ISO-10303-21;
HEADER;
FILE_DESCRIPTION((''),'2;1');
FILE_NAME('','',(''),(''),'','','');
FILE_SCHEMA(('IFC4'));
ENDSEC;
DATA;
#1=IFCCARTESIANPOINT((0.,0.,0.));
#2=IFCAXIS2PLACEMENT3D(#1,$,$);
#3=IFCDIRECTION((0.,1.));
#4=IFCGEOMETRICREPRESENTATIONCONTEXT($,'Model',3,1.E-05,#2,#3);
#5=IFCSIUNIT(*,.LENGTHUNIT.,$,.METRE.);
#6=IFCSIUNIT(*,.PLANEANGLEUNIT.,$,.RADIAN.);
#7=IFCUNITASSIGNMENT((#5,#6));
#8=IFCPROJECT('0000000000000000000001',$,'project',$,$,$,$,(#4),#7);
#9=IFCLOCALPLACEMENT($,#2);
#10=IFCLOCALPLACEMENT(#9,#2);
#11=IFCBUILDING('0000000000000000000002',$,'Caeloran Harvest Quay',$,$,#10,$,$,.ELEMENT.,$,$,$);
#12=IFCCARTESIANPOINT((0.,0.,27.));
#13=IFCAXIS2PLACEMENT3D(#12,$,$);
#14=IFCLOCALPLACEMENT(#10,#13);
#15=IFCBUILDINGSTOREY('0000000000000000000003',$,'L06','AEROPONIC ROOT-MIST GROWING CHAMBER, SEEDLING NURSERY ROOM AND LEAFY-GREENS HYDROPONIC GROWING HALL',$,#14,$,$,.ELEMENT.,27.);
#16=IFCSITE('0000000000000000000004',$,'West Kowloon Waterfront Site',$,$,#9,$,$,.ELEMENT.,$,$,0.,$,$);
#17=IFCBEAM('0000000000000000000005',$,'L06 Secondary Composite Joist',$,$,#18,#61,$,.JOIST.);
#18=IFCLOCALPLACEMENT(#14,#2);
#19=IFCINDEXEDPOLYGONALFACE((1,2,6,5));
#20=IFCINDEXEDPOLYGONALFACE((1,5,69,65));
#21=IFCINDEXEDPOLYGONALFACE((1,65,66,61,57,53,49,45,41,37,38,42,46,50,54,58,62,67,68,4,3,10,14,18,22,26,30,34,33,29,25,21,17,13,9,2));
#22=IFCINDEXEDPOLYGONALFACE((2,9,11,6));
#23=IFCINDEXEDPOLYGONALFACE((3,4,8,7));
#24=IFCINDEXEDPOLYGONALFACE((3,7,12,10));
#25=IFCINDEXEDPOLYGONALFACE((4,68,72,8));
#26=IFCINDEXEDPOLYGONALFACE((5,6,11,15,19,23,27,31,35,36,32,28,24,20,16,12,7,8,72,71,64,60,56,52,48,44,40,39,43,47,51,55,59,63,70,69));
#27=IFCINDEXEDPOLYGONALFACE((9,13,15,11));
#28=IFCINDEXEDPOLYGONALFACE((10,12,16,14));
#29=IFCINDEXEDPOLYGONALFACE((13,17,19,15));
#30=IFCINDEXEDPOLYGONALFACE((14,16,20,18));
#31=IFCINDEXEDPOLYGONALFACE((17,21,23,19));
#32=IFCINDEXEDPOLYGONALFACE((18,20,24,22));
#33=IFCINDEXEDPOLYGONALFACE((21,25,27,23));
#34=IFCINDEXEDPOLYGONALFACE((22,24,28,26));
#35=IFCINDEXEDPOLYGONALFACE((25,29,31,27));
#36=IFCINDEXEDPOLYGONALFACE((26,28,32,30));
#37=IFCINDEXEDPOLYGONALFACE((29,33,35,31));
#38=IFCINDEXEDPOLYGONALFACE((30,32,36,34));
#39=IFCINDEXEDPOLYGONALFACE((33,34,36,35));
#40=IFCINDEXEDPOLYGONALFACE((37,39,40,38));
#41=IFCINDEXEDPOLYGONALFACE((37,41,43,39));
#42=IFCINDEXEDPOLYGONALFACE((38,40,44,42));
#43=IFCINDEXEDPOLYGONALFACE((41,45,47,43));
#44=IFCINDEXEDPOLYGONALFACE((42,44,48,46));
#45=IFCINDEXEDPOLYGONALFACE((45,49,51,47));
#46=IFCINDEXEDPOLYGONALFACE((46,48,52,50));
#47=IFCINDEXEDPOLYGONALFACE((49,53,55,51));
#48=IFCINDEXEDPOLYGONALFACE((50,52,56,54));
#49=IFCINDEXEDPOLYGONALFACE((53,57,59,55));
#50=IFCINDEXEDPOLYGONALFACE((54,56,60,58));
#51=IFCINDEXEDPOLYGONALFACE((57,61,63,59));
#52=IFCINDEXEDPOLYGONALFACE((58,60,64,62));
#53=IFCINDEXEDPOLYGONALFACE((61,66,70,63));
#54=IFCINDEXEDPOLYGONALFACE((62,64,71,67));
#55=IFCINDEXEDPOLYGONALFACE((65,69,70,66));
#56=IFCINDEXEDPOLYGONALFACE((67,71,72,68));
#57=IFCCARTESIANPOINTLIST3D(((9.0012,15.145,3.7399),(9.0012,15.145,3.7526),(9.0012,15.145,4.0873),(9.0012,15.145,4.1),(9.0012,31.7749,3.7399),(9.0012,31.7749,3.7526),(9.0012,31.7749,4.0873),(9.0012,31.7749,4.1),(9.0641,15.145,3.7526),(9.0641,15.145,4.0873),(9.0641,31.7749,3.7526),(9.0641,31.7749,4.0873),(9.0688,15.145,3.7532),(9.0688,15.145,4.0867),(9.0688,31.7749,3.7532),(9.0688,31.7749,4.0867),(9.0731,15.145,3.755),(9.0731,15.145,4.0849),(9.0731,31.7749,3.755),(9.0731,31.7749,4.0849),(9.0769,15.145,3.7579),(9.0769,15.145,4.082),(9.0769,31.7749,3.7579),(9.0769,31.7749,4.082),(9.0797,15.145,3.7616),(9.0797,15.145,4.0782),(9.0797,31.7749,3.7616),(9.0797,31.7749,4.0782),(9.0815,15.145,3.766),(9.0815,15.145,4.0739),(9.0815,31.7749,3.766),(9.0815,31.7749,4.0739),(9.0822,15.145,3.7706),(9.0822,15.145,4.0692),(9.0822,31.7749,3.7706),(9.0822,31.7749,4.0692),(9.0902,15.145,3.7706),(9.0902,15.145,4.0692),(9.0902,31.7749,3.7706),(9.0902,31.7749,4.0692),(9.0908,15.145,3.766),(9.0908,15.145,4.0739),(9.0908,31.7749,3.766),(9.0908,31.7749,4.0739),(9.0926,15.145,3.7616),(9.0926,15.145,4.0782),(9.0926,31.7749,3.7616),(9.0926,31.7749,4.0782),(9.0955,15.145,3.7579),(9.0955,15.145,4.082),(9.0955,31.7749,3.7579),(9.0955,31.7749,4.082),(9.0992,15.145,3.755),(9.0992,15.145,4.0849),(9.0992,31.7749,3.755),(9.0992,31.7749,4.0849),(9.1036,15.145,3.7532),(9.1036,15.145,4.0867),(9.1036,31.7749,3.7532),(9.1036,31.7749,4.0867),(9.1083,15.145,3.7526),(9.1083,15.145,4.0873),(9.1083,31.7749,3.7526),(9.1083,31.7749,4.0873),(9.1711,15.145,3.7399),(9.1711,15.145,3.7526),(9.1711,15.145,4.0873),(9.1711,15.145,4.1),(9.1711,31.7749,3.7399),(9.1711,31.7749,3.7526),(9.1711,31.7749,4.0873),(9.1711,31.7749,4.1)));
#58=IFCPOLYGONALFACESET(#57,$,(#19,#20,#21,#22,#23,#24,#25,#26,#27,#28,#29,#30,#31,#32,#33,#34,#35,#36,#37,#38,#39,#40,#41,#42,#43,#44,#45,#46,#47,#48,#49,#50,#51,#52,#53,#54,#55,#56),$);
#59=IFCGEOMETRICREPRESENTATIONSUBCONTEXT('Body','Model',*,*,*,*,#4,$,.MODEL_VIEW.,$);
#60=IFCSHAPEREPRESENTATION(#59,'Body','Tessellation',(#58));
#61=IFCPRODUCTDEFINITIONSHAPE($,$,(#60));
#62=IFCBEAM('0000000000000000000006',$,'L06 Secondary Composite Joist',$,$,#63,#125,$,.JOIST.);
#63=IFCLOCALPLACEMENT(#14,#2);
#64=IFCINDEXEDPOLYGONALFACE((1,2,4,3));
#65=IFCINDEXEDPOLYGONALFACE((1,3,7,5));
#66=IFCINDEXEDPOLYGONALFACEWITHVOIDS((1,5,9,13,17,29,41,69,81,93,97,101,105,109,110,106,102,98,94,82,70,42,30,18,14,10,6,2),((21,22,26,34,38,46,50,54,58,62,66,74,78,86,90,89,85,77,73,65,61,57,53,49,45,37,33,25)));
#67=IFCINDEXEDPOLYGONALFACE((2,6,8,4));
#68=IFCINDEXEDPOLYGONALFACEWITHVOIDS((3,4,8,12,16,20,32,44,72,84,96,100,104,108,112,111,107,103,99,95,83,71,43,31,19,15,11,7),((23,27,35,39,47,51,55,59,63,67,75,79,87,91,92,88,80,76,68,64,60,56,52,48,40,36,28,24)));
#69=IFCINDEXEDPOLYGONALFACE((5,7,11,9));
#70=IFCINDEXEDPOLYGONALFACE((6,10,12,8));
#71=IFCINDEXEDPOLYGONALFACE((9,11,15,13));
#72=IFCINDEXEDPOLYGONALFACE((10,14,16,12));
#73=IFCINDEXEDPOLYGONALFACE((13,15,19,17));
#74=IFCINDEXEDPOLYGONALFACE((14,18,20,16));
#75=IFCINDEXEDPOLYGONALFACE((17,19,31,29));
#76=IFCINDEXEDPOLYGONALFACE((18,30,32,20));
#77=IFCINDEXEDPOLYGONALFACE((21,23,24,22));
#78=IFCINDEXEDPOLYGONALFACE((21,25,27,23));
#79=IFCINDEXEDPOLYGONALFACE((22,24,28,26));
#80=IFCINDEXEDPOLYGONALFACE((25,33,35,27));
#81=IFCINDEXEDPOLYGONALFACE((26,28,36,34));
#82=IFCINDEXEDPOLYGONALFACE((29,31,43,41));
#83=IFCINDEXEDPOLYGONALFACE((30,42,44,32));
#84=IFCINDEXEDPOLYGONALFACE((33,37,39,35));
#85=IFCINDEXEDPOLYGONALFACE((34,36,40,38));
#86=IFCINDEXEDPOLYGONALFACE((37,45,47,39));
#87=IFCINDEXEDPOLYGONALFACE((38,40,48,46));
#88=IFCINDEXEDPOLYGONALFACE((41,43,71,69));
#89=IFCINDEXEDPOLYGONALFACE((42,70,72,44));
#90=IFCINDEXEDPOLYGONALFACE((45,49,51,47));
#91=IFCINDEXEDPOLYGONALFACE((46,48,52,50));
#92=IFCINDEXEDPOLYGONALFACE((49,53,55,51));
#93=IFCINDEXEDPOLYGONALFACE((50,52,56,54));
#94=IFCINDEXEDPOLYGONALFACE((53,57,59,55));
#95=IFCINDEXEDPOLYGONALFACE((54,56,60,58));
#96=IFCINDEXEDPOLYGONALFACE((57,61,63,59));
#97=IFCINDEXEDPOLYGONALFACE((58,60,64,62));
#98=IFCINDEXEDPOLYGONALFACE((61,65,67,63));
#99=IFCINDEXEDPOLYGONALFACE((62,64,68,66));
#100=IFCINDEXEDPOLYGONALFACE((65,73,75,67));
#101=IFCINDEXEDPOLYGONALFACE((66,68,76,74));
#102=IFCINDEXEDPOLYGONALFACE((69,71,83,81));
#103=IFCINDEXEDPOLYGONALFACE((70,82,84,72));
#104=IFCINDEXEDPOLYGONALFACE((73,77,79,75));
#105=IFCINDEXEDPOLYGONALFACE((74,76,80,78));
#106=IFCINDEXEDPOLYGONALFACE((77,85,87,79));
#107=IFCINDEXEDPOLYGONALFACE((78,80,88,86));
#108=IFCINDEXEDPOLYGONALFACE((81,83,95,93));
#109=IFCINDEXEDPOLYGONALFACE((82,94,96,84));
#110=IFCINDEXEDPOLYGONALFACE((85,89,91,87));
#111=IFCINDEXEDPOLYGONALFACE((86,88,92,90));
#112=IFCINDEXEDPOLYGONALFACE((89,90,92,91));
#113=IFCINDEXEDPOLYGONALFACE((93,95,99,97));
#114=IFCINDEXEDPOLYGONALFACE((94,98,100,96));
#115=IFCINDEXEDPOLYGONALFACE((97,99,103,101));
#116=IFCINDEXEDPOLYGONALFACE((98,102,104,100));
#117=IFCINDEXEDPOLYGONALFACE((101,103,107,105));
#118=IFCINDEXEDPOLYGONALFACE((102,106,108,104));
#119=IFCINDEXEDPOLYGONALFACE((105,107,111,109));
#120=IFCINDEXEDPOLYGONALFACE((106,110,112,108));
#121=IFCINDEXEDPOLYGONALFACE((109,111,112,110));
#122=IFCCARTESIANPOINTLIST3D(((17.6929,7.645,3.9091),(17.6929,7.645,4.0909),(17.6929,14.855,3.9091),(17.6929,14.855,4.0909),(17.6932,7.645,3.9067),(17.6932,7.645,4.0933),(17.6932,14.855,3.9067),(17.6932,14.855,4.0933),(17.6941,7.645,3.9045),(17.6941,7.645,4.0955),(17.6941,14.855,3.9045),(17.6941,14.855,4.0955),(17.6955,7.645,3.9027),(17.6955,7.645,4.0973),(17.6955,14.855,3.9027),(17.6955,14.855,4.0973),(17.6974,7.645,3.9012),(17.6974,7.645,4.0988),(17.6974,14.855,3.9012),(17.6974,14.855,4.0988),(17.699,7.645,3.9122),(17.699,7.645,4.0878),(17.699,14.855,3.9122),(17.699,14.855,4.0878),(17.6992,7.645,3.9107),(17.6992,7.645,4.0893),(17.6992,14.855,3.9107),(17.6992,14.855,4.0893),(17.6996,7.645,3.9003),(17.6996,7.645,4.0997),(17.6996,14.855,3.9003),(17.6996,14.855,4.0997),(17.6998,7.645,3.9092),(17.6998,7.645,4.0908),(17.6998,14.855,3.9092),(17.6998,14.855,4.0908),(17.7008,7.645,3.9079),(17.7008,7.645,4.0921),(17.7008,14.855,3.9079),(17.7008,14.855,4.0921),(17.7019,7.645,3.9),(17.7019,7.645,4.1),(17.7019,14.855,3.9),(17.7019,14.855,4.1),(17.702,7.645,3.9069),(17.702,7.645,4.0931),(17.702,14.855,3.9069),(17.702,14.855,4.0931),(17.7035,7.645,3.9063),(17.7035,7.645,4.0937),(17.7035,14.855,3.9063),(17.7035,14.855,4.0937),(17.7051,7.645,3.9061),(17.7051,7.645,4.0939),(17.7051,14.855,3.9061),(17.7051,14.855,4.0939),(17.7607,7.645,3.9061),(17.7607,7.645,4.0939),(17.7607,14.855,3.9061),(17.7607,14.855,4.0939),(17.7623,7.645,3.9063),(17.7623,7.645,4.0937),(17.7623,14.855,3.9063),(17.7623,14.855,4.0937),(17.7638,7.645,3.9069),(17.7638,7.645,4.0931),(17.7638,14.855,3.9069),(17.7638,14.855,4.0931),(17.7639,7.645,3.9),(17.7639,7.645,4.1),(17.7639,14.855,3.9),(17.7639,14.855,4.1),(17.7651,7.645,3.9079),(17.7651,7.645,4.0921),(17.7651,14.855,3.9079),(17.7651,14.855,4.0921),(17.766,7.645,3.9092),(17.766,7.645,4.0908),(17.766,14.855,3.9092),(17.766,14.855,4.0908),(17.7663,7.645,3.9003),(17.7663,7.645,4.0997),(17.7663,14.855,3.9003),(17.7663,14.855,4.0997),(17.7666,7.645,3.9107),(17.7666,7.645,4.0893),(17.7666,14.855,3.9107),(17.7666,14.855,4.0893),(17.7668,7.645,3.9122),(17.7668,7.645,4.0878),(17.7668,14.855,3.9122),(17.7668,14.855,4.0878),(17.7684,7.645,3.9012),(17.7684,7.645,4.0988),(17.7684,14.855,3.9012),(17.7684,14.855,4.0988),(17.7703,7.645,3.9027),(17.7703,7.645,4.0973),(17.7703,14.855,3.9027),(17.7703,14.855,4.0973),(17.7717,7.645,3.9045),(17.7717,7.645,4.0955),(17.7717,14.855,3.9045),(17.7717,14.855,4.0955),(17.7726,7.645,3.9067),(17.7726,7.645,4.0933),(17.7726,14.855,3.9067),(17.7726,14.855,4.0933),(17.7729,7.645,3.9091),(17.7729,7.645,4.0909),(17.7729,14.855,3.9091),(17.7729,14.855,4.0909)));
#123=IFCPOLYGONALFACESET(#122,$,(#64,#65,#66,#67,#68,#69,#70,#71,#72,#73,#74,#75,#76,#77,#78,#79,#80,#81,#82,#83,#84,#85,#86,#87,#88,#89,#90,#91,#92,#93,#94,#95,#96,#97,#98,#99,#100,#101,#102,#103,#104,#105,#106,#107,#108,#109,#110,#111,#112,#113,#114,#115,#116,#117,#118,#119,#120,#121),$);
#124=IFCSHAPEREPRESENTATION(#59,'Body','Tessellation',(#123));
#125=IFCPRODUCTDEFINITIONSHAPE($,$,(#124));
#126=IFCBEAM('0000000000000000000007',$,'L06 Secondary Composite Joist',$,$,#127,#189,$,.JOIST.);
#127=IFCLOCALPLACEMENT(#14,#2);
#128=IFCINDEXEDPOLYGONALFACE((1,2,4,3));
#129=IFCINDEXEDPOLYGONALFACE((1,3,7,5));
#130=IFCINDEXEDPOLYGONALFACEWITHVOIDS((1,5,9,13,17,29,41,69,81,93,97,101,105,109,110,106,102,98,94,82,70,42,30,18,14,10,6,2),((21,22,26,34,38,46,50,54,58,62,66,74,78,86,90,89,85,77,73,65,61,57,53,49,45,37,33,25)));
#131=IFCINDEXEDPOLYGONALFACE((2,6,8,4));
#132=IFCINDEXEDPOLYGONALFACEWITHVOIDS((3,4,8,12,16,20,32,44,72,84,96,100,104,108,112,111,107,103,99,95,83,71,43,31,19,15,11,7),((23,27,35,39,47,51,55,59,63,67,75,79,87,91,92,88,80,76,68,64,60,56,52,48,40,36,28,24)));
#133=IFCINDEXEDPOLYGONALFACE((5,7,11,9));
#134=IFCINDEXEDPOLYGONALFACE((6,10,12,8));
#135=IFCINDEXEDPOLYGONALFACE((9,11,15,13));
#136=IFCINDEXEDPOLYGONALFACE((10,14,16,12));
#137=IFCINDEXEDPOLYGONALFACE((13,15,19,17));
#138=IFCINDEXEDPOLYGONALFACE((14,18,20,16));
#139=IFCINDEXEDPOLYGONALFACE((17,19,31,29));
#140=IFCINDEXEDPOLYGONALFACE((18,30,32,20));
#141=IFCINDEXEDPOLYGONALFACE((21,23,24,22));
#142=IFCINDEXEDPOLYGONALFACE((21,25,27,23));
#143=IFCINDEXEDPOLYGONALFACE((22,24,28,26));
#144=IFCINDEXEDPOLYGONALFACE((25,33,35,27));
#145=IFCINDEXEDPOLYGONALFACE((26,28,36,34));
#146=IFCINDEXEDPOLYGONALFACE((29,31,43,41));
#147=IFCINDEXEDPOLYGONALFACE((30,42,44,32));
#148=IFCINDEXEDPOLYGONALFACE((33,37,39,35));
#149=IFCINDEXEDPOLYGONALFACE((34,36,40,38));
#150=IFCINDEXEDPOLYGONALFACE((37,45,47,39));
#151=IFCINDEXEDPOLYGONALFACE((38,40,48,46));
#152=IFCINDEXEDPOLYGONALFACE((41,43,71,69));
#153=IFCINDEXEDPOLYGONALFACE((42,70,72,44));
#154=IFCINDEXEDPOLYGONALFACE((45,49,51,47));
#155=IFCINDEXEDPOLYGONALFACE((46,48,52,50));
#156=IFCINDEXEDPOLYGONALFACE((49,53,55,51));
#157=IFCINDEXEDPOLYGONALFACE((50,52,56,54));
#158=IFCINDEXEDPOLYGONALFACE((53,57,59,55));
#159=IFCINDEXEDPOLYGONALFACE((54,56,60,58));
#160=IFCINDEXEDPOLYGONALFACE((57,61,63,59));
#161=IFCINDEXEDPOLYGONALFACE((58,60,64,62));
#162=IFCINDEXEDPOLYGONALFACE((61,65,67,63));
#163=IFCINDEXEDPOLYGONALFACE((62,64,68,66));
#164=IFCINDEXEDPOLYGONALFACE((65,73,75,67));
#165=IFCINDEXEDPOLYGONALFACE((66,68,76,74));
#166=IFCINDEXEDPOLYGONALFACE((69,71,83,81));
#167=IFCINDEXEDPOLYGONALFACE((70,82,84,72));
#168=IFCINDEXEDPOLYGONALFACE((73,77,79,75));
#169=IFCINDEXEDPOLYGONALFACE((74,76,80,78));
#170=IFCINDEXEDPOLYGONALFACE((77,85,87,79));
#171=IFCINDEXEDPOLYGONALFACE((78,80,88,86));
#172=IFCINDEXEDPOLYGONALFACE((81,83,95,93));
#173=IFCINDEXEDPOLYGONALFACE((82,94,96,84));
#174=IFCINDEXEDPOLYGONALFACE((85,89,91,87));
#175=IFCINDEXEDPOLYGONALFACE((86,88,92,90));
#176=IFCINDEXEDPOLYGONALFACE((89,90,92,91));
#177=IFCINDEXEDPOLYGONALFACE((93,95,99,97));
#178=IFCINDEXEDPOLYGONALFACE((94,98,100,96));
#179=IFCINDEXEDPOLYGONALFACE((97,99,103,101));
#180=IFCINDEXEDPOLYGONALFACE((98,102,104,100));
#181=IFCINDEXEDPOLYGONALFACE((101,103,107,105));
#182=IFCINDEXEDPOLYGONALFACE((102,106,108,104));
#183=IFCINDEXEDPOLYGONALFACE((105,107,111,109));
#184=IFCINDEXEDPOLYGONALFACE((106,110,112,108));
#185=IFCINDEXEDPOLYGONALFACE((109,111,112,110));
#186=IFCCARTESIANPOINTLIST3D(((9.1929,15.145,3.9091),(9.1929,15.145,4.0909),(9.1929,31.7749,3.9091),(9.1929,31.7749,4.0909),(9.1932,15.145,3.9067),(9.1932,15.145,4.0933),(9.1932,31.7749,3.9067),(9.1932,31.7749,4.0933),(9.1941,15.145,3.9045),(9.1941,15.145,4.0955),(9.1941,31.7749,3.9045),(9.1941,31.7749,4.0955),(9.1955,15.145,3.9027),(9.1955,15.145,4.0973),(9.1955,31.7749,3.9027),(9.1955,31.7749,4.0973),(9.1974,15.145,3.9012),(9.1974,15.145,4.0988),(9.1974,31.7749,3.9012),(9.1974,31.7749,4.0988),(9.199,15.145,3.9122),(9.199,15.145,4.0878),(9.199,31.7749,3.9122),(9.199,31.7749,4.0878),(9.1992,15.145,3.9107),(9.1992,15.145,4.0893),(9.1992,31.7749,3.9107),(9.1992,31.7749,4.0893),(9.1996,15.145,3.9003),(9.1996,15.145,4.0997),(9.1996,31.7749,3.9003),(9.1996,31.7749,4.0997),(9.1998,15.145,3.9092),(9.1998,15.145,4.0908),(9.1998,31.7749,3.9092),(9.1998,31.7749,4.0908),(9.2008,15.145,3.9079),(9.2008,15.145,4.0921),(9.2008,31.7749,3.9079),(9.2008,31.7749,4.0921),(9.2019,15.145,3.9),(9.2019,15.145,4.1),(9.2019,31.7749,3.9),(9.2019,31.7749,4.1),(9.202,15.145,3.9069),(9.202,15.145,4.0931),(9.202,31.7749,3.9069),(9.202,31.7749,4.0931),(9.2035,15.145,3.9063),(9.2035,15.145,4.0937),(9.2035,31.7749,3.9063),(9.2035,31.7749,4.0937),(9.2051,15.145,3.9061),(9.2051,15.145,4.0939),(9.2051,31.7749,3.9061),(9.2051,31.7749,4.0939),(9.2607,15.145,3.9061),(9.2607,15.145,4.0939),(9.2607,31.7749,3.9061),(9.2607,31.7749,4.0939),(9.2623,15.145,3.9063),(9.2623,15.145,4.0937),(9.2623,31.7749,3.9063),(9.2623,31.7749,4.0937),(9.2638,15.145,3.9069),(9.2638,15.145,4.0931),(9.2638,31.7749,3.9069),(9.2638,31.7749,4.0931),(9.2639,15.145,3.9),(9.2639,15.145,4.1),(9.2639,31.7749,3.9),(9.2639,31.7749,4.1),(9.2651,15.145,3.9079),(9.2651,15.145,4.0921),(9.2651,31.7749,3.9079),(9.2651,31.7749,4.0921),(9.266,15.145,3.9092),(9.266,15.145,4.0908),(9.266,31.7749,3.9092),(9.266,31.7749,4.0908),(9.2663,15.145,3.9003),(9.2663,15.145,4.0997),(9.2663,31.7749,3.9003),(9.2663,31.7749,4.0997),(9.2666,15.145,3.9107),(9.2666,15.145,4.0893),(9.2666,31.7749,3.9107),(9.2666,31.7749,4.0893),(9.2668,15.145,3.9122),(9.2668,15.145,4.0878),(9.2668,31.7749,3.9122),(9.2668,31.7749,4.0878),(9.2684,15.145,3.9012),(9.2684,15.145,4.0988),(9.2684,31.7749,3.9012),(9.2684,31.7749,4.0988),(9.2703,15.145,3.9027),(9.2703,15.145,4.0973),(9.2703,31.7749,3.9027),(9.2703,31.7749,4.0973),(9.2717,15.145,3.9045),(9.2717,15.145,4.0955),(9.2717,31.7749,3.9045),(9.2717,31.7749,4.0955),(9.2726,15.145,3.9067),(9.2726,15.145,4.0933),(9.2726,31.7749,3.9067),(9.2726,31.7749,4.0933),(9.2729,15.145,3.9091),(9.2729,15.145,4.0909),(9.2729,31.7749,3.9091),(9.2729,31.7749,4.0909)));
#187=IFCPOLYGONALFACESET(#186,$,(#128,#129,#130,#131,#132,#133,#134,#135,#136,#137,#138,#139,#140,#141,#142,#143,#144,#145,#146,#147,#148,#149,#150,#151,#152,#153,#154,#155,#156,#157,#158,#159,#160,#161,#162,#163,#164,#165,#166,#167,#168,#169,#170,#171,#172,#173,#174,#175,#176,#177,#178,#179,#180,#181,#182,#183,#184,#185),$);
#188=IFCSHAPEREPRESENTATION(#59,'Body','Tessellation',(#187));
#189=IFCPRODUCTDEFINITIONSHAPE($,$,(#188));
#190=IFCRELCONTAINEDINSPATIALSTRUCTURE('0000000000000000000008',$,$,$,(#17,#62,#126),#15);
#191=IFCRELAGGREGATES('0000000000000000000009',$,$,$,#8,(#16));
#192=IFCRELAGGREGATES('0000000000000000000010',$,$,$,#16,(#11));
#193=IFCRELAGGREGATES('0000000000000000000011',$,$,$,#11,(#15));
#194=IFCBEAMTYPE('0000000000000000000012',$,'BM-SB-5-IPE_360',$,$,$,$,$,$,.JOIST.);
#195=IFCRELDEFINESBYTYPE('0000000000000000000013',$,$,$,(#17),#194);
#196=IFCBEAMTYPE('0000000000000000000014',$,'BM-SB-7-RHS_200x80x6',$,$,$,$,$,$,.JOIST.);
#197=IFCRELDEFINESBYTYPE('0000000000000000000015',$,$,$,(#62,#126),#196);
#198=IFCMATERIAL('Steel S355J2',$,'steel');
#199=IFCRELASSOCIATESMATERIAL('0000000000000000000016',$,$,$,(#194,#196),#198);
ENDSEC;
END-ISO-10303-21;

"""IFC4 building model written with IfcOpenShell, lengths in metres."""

from ifc_helpers import new_model, si_unit, direction, frame, origin, origin_2d, place, context, subcontext, project, spatial, hollow_rectangle, i_section, extrude, material, material_profile, profile_set, type_object, element, save


model = new_model("IFC4")

# Units and contexts
model_context = context("Model", 3, precision=1e-05, world=origin(), true_north=direction((0.0, 1.0)))
body_context = subcontext(model_context, "Body", "Model", "MODEL_VIEW")
ifc_project = project(units=[si_unit("LENGTHUNIT", "METRE"), si_unit("PLANEANGLEUNIT", "RADIAN")], contexts=[model_context])

# Site, building, storey
site_placement = place(None, origin())
site = spatial("IfcSite", under=ifc_project, at=site_placement, Name="West Kowloon Waterfront Site", CompositionType="ELEMENT", RefElevation=0.0)
building_placement = place(site_placement, origin())
building = spatial("IfcBuilding", under=site, at=building_placement, Name="Caeloran Harvest Quay", CompositionType="ELEMENT")
storey_placement = place(building_placement, frame((0.0, 0.0, 27.0)))
storey = spatial("IfcBuildingStorey", under=building, at=storey_placement, Name="L06", Description="AEROPONIC ROOT-MIST GROWING CHAMBER, SEEDLING NURSERY ROOM AND LEAFY-GREENS HYDROPONIC GROWING HALL", CompositionType="ELEMENT", Elevation=27.0)

# Beams
ifc_material_1 = material(Name="Steel S355J2", Category="steel")
ifc_material_profile_1 = material_profile(ifc_material_1, i_section(OverallWidth=0.1699, OverallDepth=0.3601, WebThickness=0.0081, FlangeThickness=0.0127, FilletRadius=0.0181, at=origin_2d()), Name="IPE 360")
ifc_profile_set_1 = profile_set([ifc_material_profile_1], Name="Steel S355J2")
beam_type_1 = type_object("IfcBeamType", Name="BM-SB-5-IPE_360", PredefinedType="JOIST", material=ifc_profile_set_1)
beam_1_placement = place(storey_placement, frame((9.0862, 15.145, 3.9199), z_axis=(0.0, 1.0, 0.0), x_axis=(-1.0, 0.0, 0.0)))
element("IfcBeam", 1, at=beam_1_placement, inside=storey, type_object=beam_type_1, Name="L06 Secondary Composite Joist", PredefinedType="JOIST", context=body_context, shape_type="SweptSolid", body=[
    extrude(i_section(OverallWidth=0.1699, OverallDepth=0.3601, WebThickness=0.0081, FlangeThickness=0.0127, FilletRadius=0.0181, at=origin_2d()), origin(), (0.0, 0.0, 1.0), 16.6299),
])
ifc_material_profile_2 = material_profile(ifc_material_1, hollow_rectangle(XDim=0.0801, YDim=0.2, WallThickness=0.0061, InnerFilletRadius=0.0061, OuterFilletRadius=0.009, at=origin_2d()), Name="RHS 200x80x6")
ifc_profile_set_2 = profile_set([ifc_material_profile_2], Name="Steel S355J2")
beam_type_2 = type_object("IfcBeamType", Name="BM-SB-7-RHS_200x80x6", PredefinedType="JOIST", material=ifc_profile_set_2)
beam_2_placement = place(storey_placement, frame((17.7329, 7.645, 4.0), z_axis=(0.0, 1.0, 0.0), x_axis=(-1.0, 0.0, 0.0)))
element("IfcBeam", 2, at=beam_2_placement, inside=storey, type_object=beam_type_2, Name="L06 Secondary Composite Joist", PredefinedType="JOIST", context=body_context, shape_type="SweptSolid", body=[
    extrude(hollow_rectangle(XDim=0.0801, YDim=0.2, WallThickness=0.0061, InnerFilletRadius=0.0061, OuterFilletRadius=0.009, at=origin_2d()), origin(), (0.0, 0.0, 1.0), 7.21),
])
beam_3_placement = place(storey_placement, frame((9.2329, 15.145, 4.0), z_axis=(0.0, 1.0, 0.0), x_axis=(-1.0, 0.0, 0.0)))
element("IfcBeam", 3, at=beam_3_placement, inside=storey, type_object=beam_type_2, Name="L06 Secondary Composite Joist", PredefinedType="JOIST", context=body_context, shape_type="SweptSolid", body=[
    extrude(hollow_rectangle(XDim=0.0801, YDim=0.2, WallThickness=0.0061, InnerFilletRadius=0.0061, OuterFilletRadius=0.009, at=origin_2d()), origin(), (0.0, 0.0, 1.0), 16.6299),
])

save(model, "model.ifc")
